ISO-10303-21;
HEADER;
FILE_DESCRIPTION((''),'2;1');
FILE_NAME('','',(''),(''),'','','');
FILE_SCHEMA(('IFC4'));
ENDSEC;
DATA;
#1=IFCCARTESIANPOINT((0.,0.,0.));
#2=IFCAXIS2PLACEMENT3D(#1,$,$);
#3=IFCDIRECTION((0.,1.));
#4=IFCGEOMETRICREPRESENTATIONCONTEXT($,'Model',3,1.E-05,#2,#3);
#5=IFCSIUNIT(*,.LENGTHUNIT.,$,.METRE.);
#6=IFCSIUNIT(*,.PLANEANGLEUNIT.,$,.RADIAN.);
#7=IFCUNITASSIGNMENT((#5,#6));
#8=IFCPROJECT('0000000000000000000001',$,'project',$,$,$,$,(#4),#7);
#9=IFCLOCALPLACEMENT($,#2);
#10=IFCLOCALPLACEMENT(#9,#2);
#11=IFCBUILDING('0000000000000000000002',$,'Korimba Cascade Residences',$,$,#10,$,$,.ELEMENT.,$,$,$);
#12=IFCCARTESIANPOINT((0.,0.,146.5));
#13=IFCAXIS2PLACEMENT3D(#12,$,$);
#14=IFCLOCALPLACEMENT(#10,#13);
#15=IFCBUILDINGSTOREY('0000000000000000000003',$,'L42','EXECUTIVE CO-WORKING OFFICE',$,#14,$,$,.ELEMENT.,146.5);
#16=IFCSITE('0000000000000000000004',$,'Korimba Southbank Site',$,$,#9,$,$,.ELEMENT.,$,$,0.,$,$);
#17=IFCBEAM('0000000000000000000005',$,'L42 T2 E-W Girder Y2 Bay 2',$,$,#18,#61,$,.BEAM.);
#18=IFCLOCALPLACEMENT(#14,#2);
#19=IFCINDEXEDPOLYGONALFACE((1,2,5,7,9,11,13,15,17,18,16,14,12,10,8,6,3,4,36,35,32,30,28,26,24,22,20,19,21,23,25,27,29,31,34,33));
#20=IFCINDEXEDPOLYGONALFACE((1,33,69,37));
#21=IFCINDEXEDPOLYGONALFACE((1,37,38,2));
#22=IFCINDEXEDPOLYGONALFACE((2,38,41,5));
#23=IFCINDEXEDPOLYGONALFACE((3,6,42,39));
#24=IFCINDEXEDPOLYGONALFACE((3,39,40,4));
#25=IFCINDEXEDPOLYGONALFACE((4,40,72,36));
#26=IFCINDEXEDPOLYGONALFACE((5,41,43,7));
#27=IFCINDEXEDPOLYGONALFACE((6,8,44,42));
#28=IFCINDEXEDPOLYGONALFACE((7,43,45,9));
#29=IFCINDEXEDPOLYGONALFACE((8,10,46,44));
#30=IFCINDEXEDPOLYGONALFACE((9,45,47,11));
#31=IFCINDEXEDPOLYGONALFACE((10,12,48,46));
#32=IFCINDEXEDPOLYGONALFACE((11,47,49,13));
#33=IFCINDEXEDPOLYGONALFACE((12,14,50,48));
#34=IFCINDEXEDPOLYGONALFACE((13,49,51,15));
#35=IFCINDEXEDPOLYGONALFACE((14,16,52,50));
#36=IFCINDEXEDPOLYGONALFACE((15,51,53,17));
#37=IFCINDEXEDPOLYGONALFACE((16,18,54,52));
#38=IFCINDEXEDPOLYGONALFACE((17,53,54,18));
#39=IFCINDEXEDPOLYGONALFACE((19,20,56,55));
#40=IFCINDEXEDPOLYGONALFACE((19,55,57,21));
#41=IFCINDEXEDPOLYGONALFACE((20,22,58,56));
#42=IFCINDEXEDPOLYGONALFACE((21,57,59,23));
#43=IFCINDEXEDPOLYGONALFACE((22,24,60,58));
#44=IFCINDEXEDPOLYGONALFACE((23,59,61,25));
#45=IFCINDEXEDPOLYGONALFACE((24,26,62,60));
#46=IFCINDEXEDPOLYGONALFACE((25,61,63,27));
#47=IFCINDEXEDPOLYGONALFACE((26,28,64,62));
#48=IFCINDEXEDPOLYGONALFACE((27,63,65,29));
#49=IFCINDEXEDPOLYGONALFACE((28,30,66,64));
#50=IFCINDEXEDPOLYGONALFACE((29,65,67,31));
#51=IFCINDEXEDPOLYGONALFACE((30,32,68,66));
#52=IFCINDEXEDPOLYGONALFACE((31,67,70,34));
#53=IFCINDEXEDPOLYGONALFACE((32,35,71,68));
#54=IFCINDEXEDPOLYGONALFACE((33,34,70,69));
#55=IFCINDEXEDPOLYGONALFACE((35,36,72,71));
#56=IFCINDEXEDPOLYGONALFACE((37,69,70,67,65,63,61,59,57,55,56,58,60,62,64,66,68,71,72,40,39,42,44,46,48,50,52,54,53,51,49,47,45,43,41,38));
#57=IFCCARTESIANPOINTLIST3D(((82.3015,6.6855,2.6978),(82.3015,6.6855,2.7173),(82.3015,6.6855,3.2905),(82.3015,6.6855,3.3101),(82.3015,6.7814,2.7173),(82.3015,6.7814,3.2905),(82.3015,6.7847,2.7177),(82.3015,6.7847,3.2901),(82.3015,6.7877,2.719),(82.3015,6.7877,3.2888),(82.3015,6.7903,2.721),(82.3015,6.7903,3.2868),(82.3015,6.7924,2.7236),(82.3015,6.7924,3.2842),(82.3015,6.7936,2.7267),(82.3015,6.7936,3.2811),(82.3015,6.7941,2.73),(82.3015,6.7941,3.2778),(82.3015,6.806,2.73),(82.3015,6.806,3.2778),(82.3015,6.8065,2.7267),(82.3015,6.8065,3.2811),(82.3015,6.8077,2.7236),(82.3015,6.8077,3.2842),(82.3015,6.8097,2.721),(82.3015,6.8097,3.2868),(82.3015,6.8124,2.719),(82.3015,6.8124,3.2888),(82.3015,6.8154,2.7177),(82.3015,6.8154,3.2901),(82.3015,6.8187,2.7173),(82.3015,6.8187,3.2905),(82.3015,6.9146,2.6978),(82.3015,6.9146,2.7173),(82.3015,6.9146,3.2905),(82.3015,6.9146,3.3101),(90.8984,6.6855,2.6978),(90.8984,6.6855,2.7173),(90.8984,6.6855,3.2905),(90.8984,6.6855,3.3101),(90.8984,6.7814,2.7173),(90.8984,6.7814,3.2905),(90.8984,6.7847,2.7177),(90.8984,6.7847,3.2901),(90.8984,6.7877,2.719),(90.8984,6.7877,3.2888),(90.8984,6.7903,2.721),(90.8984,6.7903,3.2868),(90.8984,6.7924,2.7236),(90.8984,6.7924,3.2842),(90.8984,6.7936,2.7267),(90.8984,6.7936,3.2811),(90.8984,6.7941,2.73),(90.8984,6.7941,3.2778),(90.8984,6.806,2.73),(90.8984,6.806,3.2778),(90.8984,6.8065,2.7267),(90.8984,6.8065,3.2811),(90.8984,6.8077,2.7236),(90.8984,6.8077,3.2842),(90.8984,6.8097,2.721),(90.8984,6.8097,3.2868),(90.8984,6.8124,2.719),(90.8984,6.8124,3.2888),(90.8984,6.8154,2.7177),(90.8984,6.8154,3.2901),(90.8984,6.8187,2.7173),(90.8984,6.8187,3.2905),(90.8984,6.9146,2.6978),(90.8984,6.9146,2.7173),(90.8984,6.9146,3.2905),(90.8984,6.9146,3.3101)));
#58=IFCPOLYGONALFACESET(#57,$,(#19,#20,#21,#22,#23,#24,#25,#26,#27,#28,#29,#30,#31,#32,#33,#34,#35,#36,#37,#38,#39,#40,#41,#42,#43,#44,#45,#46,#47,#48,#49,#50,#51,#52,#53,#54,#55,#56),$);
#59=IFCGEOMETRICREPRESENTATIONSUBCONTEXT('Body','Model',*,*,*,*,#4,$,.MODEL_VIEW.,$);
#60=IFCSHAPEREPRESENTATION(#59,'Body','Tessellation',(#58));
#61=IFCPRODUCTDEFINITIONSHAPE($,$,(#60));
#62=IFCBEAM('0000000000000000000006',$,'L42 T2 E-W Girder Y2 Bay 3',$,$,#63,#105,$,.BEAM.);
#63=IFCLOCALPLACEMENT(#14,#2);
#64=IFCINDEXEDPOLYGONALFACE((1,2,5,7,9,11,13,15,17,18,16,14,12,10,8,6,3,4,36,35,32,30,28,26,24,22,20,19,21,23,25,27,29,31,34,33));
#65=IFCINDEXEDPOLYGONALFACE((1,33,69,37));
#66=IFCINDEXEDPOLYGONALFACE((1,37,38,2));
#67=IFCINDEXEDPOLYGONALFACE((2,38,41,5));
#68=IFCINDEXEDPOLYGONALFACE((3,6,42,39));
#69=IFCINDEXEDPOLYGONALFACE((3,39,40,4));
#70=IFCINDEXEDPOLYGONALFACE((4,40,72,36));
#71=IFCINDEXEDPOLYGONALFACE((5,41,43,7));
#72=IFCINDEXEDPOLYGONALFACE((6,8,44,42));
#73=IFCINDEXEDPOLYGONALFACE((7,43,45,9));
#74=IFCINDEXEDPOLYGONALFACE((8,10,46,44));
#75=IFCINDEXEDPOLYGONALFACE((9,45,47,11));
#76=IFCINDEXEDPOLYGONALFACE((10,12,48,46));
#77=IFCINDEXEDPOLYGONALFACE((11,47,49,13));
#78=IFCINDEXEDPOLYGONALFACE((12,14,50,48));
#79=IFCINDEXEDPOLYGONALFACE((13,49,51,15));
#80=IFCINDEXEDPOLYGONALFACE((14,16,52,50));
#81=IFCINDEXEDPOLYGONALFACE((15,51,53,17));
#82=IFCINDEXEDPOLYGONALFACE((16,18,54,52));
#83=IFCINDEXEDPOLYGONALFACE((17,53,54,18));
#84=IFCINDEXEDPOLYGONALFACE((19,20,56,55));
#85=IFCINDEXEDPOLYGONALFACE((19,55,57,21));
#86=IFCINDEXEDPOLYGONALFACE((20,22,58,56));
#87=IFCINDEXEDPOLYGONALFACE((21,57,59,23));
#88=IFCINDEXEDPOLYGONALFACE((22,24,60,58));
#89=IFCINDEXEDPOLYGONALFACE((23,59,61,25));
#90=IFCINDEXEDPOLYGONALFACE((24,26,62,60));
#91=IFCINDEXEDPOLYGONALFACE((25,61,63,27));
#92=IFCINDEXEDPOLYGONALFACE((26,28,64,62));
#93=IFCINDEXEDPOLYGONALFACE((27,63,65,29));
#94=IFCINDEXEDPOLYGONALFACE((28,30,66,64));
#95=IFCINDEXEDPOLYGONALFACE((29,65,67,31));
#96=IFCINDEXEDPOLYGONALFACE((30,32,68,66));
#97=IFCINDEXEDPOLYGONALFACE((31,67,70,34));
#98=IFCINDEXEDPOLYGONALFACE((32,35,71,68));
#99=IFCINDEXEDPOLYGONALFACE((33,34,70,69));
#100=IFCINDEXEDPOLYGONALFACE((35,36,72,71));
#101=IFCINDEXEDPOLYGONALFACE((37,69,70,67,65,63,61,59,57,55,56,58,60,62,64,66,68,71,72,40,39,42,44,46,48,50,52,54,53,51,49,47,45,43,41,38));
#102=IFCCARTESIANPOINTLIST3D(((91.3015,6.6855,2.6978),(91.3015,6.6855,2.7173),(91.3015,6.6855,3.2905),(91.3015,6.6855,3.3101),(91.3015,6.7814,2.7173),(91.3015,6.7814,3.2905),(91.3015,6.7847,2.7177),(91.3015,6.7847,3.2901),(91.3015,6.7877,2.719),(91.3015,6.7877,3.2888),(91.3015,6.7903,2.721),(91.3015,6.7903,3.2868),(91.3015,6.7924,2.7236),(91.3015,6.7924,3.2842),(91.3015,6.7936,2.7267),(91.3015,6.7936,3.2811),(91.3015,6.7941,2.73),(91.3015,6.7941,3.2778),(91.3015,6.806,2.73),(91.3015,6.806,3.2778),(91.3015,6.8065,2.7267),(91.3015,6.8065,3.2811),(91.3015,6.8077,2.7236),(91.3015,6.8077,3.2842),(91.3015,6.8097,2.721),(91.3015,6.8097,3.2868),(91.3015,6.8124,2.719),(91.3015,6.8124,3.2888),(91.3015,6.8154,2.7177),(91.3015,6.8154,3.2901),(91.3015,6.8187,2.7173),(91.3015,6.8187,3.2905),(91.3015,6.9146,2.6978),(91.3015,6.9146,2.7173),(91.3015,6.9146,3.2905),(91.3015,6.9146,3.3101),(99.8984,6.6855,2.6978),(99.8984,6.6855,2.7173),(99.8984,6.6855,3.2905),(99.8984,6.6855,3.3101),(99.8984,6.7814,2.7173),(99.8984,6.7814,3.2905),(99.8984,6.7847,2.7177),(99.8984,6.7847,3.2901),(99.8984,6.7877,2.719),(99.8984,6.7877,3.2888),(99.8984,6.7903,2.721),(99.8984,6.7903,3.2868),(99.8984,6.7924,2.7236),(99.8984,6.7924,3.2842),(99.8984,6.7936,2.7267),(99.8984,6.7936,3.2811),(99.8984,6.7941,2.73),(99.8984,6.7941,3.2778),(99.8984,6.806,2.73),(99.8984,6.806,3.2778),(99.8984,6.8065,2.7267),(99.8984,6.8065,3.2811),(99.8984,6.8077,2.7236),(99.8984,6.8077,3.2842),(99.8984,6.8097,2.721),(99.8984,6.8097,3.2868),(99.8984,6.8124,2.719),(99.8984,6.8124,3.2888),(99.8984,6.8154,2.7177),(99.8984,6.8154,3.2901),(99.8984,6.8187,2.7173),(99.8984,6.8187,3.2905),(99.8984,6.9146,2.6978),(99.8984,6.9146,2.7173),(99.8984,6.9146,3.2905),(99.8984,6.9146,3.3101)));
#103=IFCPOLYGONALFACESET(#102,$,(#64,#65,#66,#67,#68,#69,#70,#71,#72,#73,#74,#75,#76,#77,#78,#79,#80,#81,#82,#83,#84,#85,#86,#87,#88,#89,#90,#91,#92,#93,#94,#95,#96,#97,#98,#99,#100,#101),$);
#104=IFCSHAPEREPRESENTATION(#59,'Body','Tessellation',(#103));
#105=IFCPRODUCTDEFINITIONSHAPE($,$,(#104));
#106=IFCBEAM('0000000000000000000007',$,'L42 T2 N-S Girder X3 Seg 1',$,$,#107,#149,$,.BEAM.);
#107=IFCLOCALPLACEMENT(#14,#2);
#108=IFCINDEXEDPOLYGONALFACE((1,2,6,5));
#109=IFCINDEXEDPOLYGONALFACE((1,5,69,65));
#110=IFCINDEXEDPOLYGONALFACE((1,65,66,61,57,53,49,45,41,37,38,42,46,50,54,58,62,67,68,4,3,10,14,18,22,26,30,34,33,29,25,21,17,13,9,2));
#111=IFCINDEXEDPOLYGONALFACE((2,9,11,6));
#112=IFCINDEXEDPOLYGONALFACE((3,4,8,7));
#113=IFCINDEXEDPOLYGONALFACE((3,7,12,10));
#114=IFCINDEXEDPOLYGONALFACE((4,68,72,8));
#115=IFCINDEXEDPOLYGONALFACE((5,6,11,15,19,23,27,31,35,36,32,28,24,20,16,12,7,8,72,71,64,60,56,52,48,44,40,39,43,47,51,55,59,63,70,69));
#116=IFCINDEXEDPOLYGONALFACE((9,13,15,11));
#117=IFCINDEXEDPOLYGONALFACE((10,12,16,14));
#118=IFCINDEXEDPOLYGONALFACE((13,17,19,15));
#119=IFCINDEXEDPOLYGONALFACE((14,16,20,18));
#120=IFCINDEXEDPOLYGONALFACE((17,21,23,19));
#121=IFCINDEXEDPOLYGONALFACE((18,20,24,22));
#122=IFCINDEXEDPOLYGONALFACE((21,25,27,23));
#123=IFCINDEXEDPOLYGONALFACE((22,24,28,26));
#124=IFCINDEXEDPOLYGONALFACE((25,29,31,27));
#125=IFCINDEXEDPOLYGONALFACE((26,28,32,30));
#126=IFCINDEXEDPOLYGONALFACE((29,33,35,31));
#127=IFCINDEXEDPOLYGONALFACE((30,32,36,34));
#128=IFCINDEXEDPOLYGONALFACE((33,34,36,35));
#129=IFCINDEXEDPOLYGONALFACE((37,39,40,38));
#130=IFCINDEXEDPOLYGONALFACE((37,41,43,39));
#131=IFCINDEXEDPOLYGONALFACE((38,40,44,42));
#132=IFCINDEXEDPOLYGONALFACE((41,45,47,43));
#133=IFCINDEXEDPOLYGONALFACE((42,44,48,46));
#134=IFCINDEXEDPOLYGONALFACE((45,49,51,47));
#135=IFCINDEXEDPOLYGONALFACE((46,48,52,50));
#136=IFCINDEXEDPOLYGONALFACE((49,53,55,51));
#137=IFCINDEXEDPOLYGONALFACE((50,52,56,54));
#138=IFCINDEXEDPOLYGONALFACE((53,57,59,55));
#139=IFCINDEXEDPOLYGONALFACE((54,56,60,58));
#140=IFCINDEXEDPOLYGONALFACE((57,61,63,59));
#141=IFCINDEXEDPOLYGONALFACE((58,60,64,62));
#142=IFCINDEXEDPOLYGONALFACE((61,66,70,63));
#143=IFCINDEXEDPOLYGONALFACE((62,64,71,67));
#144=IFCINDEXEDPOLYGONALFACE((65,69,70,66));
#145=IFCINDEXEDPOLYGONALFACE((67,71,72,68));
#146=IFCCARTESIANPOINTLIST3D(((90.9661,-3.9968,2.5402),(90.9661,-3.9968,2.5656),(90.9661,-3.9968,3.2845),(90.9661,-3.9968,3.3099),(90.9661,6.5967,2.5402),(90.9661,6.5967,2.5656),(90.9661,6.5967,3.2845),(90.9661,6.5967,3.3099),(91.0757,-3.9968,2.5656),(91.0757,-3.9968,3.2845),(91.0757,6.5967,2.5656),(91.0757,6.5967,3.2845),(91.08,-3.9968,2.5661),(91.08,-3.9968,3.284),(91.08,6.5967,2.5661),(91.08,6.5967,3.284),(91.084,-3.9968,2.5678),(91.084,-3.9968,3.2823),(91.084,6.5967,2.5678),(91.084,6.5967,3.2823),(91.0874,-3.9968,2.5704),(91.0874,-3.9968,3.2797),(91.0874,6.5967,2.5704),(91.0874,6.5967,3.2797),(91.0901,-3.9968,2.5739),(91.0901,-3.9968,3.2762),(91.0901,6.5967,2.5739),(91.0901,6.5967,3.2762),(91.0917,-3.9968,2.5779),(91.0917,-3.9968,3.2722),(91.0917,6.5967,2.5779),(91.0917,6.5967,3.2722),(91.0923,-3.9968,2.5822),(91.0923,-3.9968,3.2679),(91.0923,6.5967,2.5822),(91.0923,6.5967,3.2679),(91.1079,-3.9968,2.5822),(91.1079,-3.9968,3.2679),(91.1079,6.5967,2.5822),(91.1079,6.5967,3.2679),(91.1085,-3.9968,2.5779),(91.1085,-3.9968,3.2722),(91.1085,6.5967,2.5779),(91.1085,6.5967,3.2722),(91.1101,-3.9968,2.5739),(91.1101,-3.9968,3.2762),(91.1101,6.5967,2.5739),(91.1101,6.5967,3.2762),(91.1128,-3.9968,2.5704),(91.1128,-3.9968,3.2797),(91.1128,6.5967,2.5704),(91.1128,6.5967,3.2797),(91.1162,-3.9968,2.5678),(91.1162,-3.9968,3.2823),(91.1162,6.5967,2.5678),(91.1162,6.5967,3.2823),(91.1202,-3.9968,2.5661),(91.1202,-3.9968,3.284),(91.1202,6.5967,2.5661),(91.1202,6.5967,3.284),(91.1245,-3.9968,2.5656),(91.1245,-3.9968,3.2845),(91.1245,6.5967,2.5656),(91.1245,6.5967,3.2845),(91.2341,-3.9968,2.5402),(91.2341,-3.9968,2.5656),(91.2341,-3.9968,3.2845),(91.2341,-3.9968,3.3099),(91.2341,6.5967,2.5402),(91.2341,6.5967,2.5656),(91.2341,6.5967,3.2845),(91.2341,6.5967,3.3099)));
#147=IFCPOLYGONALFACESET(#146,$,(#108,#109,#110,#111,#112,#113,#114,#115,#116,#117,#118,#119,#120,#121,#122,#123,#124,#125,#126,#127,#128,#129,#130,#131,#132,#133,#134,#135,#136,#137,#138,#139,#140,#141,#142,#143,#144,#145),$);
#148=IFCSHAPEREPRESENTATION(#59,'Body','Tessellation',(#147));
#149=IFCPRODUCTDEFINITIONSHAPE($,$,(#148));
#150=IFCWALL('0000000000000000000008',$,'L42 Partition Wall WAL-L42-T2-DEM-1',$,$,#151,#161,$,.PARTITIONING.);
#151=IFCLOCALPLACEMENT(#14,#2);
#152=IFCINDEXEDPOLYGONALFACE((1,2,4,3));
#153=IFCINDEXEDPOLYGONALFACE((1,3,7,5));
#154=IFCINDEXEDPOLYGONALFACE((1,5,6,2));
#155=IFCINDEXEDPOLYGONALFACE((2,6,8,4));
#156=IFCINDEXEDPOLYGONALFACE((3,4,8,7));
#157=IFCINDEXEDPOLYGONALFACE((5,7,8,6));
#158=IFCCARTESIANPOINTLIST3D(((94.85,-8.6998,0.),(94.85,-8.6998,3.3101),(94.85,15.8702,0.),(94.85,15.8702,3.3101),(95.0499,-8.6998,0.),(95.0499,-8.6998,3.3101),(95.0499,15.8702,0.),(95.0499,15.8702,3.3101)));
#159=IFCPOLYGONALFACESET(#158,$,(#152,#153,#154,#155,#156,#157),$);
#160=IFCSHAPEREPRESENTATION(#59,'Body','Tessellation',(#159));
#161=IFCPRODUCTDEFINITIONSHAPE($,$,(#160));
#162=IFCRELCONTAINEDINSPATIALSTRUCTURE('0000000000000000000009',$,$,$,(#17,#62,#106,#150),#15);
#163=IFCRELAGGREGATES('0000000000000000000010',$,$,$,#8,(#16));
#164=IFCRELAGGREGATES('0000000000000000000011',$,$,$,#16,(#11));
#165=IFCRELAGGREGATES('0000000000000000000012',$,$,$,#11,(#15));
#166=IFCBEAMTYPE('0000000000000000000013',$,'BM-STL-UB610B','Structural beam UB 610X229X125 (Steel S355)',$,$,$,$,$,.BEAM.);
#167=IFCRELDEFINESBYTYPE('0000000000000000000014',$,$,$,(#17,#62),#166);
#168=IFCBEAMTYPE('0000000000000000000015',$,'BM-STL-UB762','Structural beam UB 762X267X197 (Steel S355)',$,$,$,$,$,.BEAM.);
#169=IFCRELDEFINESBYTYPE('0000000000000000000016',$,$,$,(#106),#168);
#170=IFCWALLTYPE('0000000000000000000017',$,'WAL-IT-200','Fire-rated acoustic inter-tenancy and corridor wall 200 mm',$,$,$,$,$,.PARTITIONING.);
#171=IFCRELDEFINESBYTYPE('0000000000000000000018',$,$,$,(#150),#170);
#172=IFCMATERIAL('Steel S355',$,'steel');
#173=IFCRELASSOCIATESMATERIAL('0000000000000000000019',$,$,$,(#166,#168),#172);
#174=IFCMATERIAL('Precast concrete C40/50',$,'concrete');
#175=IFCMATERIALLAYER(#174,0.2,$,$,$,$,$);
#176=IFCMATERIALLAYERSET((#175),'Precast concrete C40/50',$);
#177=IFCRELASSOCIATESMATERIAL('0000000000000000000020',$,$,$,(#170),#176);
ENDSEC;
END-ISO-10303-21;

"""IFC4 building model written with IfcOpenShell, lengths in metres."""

from ifc_helpers import new_model, si_unit, direction, frame, frame_2d, origin, origin_2d, place, context, subcontext, project, spatial, rectangle, i_section, extrude, material, layer, layer_set, material_profile, profile_set, type_object, element, save


model = new_model("IFC4")

# Units and contexts
model_context = context("Model", 3, precision=1e-05, world=origin(), true_north=direction((0.0, 1.0)))
body_context = subcontext(model_context, "Body", "Model", "MODEL_VIEW")
ifc_project = project(units=[si_unit("LENGTHUNIT", "METRE"), si_unit("PLANEANGLEUNIT", "RADIAN")], contexts=[model_context])

# Site, building, storey
site_placement = place(None, origin())
site = spatial("IfcSite", under=ifc_project, at=site_placement, Name="Korimba Southbank Site", CompositionType="ELEMENT", RefElevation=0.0)
building_placement = place(site_placement, origin())
building = spatial("IfcBuilding", under=site, at=building_placement, Name="Korimba Cascade Residences", CompositionType="ELEMENT")
storey_placement = place(building_placement, frame((0.0, 0.0, 146.5)))
storey = spatial("IfcBuildingStorey", under=building, at=storey_placement, Name="L42", Description="EXECUTIVE CO-WORKING OFFICE", CompositionType="ELEMENT", Elevation=146.5)

# Beams
ifc_material_1 = material(Name="Steel S355", Category="steel")
ifc_material_profile_1 = material_profile(ifc_material_1, i_section(OverallWidth=0.229, OverallDepth=0.6123, WebThickness=0.012, FlangeThickness=0.0195, FilletRadius=0.0127, at=origin_2d()), Name="Steel S355")
ifc_profile_set_1 = profile_set([ifc_material_profile_1], Name="Steel S355")
beam_type_1 = type_object("IfcBeamType", Name="BM-STL-UB610B", Description="Structural beam UB 610X229X125 (Steel S355)", PredefinedType="BEAM", material=ifc_profile_set_1)
for number, where, z_axis, x_axis, name in (
    (1, (82.3015, 6.8, 3.0039), (1.0, 0.0, 0.0), (0.0, 1.0, 0.0), "L42 T2 E-W Girder Y2 Bay 2"),
    (2, (91.3015, 6.8, 3.0039), (1.0, 0.0, 0.0), (0.0, 1.0, 0.0), "L42 T2 E-W Girder Y2 Bay 3"),
):
    element("IfcBeam", number, at=place(storey_placement, frame(where, z_axis=z_axis, x_axis=x_axis)), inside=storey, type_object=beam_type_1, Name=name, PredefinedType="BEAM", context=body_context, shape_type="SweptSolid", body=[
        extrude(i_section(OverallWidth=0.229, OverallDepth=0.6123, WebThickness=0.012, FlangeThickness=0.0195, FilletRadius=0.0127, at=origin_2d()), origin(), (0.0, 0.0, 1.0), 8.5969),
    ])
ifc_material_profile_2 = material_profile(ifc_material_1, i_section(OverallWidth=0.2681, OverallDepth=0.7698, WebThickness=0.0156, FlangeThickness=0.0254, FilletRadius=0.0166, at=origin_2d()), Name="Steel S355")
ifc_profile_set_2 = profile_set([ifc_material_profile_2], Name="Steel S355")
beam_type_2 = type_object("IfcBeamType", Name="BM-STL-UB762", Description="Structural beam UB 762X267X197 (Steel S355)", PredefinedType="BEAM", material=ifc_profile_set_2)
beam_placement = place(storey_placement, frame((91.1001, -3.9968, 2.925), z_axis=(0.0, 1.0, 0.0), x_axis=(-1.0, 0.0, 0.0)))
element("IfcBeam", 3, at=beam_placement, inside=storey, type_object=beam_type_2, Name="L42 T2 N-S Girder X3 Seg 1", PredefinedType="BEAM", context=body_context, shape_type="SweptSolid", body=[
    extrude(i_section(OverallWidth=0.2681, OverallDepth=0.7698, WebThickness=0.0156, FlangeThickness=0.0254, FilletRadius=0.0166, at=origin_2d()), origin(), (0.0, 0.0, 1.0), 10.5935),
])

# Wall
ifc_material_2 = material(Name="Precast concrete C40/50", Category="concrete")
ifc_layer_1 = layer(ifc_material_2, 0.2)
ifc_layer_set_1 = layer_set([ifc_layer_1], Name="Precast concrete C40/50")
wall_type_1 = type_object("IfcWallType", Name="WAL-IT-200", Description="Fire-rated acoustic inter-tenancy and corridor wall 200 mm", PredefinedType="PARTITIONING", material=ifc_layer_set_1)
wall_1_placement = place(storey_placement, frame((94.95, -8.7, 0.0), z_axis=(0.0, 0.0, 1.0), x_axis=(0.0, 1.0, 0.0)))
element("IfcWall", 4, at=wall_1_placement, inside=storey, type_object=wall_type_1, Name="L42 Partition Wall WAL-L42-T2-DEM-1", PredefinedType="PARTITIONING", context=body_context, shape_type="SweptSolid", body=[
    extrude(rectangle(XDim=24.5701, YDim=0.2, at=frame_2d((12.2852, 0.0))), origin(), (0.0, 0.0, 1.0), 3.3101),
])

save(model, "model.ifc")
